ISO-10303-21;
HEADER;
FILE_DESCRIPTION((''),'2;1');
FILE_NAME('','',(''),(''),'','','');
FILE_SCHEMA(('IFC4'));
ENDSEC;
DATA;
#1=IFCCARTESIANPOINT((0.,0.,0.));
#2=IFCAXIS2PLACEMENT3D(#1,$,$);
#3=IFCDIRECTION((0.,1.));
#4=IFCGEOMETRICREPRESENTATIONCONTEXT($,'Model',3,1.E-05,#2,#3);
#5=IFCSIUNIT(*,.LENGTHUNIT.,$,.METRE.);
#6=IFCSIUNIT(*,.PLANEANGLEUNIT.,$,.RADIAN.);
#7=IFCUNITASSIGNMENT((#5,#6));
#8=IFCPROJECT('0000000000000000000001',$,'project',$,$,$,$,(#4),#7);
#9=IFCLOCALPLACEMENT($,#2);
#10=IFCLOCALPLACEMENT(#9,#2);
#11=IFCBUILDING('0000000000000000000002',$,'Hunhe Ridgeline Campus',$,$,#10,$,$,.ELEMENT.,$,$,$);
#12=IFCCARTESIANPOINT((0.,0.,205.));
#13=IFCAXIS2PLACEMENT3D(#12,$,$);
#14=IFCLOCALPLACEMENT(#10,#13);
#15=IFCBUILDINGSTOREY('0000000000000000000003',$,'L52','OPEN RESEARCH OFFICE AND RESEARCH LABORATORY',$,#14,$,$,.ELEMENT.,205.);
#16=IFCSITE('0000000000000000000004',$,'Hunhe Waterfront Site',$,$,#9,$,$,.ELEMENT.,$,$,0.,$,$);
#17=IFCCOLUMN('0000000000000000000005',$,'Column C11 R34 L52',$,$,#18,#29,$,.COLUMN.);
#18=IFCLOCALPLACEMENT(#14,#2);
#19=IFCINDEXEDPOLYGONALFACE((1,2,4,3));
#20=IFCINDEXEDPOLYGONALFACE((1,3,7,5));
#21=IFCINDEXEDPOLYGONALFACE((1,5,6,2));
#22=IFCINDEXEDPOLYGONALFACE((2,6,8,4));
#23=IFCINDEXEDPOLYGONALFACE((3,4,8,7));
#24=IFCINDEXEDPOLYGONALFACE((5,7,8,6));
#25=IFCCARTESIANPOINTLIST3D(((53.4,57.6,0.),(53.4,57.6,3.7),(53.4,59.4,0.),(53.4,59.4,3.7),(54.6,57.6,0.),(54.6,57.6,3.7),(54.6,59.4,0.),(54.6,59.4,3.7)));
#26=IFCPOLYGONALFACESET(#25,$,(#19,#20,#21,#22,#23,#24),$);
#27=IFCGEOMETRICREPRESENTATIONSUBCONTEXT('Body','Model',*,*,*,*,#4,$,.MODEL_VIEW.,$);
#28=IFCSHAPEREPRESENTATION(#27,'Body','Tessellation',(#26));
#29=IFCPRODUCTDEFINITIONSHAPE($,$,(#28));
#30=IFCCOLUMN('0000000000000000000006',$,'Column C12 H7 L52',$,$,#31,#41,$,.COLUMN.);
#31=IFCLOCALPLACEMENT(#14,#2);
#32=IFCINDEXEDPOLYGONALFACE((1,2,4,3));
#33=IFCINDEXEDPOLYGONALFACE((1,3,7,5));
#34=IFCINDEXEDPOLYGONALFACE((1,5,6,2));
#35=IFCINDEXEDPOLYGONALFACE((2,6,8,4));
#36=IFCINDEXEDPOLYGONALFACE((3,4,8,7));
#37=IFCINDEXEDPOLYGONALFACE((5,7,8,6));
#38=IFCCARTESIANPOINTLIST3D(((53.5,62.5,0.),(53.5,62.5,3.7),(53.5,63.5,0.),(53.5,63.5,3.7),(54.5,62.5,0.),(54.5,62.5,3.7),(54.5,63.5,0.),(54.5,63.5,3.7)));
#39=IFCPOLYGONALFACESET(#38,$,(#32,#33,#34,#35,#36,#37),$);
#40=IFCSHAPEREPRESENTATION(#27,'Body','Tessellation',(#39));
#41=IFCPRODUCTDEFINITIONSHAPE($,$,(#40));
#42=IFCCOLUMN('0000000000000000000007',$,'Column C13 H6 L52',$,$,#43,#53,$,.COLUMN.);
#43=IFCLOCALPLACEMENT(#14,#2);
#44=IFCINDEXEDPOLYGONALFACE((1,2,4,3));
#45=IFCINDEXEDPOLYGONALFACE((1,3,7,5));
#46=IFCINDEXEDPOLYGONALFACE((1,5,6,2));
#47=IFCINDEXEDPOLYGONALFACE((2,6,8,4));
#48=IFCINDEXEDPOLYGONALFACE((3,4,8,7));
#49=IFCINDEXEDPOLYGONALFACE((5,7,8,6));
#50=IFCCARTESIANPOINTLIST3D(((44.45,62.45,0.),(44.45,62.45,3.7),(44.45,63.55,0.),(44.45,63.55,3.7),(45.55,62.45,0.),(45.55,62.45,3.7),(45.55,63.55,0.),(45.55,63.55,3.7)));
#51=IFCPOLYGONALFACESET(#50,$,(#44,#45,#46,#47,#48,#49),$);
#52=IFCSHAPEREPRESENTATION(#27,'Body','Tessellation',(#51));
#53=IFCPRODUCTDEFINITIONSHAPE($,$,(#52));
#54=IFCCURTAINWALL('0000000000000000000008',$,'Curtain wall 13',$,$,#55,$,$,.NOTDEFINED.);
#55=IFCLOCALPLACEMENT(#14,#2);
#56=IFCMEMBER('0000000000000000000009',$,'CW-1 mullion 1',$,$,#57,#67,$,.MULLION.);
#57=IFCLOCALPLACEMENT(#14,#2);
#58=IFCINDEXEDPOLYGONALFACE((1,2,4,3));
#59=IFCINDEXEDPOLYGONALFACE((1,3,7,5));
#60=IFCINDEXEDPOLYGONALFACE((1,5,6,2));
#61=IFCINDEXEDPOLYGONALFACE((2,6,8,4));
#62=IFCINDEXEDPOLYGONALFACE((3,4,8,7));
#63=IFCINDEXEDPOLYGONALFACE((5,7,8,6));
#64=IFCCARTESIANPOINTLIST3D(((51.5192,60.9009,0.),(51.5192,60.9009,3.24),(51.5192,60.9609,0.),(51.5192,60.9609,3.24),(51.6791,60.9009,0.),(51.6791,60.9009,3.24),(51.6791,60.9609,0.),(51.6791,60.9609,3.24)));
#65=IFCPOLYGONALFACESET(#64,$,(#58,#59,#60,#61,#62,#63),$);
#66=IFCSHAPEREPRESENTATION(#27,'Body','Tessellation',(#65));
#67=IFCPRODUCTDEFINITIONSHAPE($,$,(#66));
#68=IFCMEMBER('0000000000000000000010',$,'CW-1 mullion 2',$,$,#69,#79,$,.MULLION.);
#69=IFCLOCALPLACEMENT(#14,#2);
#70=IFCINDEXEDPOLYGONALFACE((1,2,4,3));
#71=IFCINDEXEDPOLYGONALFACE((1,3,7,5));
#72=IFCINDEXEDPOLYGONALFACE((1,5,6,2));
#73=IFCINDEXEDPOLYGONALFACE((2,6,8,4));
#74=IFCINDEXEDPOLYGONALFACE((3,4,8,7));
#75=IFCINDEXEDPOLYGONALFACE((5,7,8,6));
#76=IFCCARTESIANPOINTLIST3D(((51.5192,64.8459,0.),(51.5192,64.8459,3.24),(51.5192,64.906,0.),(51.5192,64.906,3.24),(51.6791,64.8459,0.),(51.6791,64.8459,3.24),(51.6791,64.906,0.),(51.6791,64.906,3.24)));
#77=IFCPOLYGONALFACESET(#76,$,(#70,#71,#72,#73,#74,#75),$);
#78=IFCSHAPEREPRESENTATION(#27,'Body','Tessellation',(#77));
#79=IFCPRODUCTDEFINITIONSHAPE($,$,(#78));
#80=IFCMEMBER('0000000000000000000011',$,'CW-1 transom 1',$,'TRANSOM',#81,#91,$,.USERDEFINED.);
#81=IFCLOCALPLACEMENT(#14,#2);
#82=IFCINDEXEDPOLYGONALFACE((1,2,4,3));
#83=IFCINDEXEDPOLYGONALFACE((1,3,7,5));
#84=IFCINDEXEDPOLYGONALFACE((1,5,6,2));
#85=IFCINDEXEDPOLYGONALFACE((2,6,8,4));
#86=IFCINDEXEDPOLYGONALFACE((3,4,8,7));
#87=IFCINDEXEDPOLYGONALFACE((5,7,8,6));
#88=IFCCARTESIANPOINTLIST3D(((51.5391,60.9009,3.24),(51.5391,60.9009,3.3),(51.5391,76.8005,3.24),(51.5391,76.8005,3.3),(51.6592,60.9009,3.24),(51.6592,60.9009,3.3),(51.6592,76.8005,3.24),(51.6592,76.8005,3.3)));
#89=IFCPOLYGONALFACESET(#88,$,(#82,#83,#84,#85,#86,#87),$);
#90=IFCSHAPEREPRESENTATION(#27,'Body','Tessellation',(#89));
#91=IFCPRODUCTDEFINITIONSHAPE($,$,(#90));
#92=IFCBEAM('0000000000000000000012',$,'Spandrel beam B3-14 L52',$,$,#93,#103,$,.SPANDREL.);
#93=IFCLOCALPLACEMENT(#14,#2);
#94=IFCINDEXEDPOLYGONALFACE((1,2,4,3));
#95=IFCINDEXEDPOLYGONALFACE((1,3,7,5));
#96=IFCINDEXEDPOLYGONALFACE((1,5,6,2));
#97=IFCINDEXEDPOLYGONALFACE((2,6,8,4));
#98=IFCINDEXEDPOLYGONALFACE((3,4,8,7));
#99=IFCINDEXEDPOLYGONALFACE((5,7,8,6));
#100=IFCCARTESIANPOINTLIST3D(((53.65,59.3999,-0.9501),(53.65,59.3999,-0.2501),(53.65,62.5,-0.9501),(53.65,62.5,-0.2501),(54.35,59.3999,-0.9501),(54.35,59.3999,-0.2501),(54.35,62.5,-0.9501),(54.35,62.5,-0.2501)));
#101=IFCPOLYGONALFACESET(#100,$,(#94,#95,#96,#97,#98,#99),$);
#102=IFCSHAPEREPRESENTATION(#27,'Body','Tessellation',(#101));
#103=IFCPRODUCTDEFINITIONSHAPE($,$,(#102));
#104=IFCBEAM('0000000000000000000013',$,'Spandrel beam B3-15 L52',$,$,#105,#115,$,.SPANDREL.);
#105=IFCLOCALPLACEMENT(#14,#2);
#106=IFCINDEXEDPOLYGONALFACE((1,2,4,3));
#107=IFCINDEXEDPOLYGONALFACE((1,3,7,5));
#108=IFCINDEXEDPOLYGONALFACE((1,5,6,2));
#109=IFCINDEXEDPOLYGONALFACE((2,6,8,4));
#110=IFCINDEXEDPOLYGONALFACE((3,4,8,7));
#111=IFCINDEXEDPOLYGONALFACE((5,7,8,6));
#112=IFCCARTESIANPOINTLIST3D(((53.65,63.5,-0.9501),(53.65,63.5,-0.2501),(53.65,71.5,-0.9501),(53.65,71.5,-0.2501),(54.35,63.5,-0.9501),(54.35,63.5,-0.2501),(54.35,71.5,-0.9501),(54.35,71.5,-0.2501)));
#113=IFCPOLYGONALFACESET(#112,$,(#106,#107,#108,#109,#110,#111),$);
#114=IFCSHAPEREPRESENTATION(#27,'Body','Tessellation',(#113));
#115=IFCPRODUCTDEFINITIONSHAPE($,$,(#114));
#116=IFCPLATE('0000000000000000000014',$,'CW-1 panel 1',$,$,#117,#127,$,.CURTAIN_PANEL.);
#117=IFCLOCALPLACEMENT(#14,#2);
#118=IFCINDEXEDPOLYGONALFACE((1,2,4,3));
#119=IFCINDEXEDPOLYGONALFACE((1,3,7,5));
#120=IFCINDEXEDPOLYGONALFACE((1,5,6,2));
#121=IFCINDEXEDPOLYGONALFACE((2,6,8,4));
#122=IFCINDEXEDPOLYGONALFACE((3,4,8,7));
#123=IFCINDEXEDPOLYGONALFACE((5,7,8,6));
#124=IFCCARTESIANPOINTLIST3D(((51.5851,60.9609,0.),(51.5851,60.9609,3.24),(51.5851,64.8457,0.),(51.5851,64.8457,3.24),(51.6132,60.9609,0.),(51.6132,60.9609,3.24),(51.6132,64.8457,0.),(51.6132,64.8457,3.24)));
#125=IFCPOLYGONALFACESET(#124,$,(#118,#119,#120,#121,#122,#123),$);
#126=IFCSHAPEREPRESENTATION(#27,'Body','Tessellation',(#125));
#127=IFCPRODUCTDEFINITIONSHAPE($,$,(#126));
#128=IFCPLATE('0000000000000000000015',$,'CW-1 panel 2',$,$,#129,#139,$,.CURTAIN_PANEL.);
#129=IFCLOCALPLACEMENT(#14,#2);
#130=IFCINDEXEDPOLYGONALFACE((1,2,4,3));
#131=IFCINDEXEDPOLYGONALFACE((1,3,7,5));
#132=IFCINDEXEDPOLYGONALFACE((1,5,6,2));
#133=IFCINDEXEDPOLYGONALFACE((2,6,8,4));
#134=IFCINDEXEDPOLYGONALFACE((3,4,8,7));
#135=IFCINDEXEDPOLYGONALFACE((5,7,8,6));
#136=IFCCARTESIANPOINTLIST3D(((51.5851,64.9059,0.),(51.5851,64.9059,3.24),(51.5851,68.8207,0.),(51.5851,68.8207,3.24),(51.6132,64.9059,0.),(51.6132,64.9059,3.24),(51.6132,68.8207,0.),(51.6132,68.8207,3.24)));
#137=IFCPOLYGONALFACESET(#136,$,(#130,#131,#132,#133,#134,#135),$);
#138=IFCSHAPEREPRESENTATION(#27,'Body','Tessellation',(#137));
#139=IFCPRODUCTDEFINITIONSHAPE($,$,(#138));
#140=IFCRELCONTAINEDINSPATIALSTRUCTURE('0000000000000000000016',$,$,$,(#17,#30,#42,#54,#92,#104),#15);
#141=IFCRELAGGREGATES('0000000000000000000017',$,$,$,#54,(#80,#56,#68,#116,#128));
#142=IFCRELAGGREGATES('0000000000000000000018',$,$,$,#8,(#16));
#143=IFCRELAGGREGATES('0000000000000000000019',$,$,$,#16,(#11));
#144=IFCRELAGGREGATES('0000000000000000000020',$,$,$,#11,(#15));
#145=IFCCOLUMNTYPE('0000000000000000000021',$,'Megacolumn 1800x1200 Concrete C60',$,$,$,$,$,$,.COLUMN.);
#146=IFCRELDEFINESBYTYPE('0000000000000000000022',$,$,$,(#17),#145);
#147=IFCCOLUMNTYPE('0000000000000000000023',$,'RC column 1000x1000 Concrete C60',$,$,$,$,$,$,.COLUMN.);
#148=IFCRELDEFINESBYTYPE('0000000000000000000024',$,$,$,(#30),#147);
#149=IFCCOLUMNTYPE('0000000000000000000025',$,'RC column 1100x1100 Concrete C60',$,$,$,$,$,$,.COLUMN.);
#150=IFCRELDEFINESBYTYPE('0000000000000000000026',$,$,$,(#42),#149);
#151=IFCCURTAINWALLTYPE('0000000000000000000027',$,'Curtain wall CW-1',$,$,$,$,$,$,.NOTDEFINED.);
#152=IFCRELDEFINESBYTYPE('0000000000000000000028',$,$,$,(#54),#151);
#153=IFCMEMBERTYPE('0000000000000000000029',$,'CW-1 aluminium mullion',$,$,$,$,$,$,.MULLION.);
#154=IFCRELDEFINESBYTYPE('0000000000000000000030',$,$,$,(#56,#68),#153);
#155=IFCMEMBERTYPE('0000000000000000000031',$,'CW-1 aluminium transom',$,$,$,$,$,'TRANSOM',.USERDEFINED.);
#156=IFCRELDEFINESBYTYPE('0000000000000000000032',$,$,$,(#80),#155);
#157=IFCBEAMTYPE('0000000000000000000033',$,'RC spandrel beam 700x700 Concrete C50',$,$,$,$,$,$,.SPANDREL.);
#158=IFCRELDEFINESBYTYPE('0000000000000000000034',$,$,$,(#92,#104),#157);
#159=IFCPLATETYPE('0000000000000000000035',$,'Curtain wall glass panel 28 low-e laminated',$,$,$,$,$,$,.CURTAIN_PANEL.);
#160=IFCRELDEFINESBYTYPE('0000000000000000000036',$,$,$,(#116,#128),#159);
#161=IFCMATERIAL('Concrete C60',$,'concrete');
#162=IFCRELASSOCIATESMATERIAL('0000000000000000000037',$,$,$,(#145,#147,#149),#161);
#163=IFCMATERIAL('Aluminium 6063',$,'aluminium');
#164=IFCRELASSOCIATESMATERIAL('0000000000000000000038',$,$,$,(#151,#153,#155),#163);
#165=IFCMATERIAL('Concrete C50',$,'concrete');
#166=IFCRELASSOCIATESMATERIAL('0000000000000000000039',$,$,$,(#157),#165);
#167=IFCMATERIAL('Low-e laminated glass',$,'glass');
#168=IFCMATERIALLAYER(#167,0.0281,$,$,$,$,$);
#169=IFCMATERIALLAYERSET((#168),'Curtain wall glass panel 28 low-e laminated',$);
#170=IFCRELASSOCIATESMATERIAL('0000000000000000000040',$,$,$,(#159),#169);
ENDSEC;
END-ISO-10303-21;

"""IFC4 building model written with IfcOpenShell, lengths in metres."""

from ifc_helpers import new_model, si_unit, direction, frame, origin, origin_2d, place, context, subcontext, project, spatial, rectangle, extrude, material, layer, layer_set, material_profile, profile_set, type_object, element, aggregate, save


model = new_model("IFC4")

# Units and contexts
model_context = context("Model", 3, precision=1e-05, world=origin(), true_north=direction((0.0, 1.0)))
body_context = subcontext(model_context, "Body", "Model", "MODEL_VIEW")
ifc_project = project(units=[si_unit("LENGTHUNIT", "METRE"), si_unit("PLANEANGLEUNIT", "RADIAN")], contexts=[model_context])

# Site, building, storey
site_placement = place(None, origin())
site = spatial("IfcSite", under=ifc_project, at=site_placement, Name="Hunhe Waterfront Site", CompositionType="ELEMENT", RefElevation=0.0)
building_placement = place(site_placement, origin())
building = spatial("IfcBuilding", under=site, at=building_placement, Name="Hunhe Ridgeline Campus", CompositionType="ELEMENT")
storey_placement = place(building_placement, frame((0.0, 0.0, 205.0)))
storey = spatial("IfcBuildingStorey", under=building, at=storey_placement, Name="L52", Description="OPEN RESEARCH OFFICE AND RESEARCH LABORATORY", CompositionType="ELEMENT", Elevation=205.0)

# Columns
ifc_material_1 = material(Name="Concrete C60", Category="concrete")
ifc_material_profile_1 = material_profile(ifc_material_1, rectangle(XDim=1.8, YDim=1.2, at=origin_2d()))
ifc_profile_set_1 = profile_set([ifc_material_profile_1], Name="Concrete C60")
column_type_1 = type_object("IfcColumnType", Name="Megacolumn 1800x1200 Concrete C60", PredefinedType="COLUMN", material=ifc_profile_set_1)
column_1_placement = place(storey_placement, frame((54.0, 58.5, 0.0), z_axis=(0.0, 0.0, 1.0), x_axis=(0.0, 1.0, 0.0)))
element("IfcColumn", 1, at=column_1_placement, inside=storey, type_object=column_type_1, Name="Column C11 R34 L52", PredefinedType="COLUMN", context=body_context, shape_type="SweptSolid", body=[
    extrude(rectangle(XDim=1.8, YDim=1.2, at=origin_2d()), origin(), (0.0, 0.0, 1.0), 3.7),
])
ifc_material_profile_2 = material_profile(ifc_material_1, rectangle(XDim=1.0, YDim=1.0, at=origin_2d()))
ifc_profile_set_2 = profile_set([ifc_material_profile_2], Name="Concrete C60")
column_type_2 = type_object("IfcColumnType", Name="RC column 1000x1000 Concrete C60", PredefinedType="COLUMN", material=ifc_profile_set_2)
column_2_placement = place(storey_placement, frame((54.0, 63.0, 0.0), z_axis=(0.0, 0.0, 1.0), x_axis=(1.0, 0.0, 0.0)))
element("IfcColumn", 2, at=column_2_placement, inside=storey, type_object=column_type_2, Name="Column C12 H7 L52", PredefinedType="COLUMN", context=body_context, shape_type="SweptSolid", body=[
    extrude(rectangle(XDim=1.0, YDim=1.0, at=origin_2d()), origin(), (0.0, 0.0, 1.0), 3.7),
])
ifc_material_profile_3 = material_profile(ifc_material_1, rectangle(XDim=1.1001, YDim=1.1001, at=origin_2d()))
ifc_profile_set_3 = profile_set([ifc_material_profile_3], Name="Concrete C60")
column_type_3 = type_object("IfcColumnType", Name="RC column 1100x1100 Concrete C60", PredefinedType="COLUMN", material=ifc_profile_set_3)
column_3_placement = place(storey_placement, frame((45.0, 63.0, 0.0), z_axis=(0.0, 0.0, 1.0), x_axis=(1.0, 0.0, 0.0)))
element("IfcColumn", 3, at=column_3_placement, inside=storey, type_object=column_type_3, Name="Column C13 H6 L52", PredefinedType="COLUMN", context=body_context, shape_type="SweptSolid", body=[
    extrude(rectangle(XDim=1.1001, YDim=1.1001, at=origin_2d()), origin(), (0.0, 0.0, 1.0), 3.7),
])

# Curtain wall, members
ifc_material_2 = material(Name="Aluminium 6063", Category="aluminium")
curtain_wall_type = type_object("IfcCurtainWallType", Name="Curtain wall CW-1", PredefinedType="NOTDEFINED", material=ifc_material_2)
curtain_wall_placement = place(storey_placement, origin())
curtain_wall = element("IfcCurtainWall", 4, at=curtain_wall_placement, inside=storey, type_object=curtain_wall_type, Name="Curtain wall 13", PredefinedType="NOTDEFINED")
ifc_material_profile_4 = material_profile(ifc_material_2, rectangle(XDim=0.1599, YDim=0.0601, at=origin_2d()))
ifc_profile_set_4 = profile_set([ifc_material_profile_4], Name="Aluminium 6063")
member_type_1 = type_object("IfcMemberType", Name="CW-1 aluminium mullion", PredefinedType="MULLION", material=ifc_profile_set_4)
member_1_placement = place(storey_placement, frame((51.5991, 60.9309, 0.0), z_axis=(0.0, 0.0, 1.0), x_axis=(-1.0, 0.0, 0.0)))
member_1 = element("IfcMember", 5, at=member_1_placement, type_object=member_type_1, Name="CW-1 mullion 1", PredefinedType="MULLION", context=body_context, shape_type="SweptSolid", body=[
    extrude(rectangle(XDim=0.1599, YDim=0.0601, at=origin_2d()), origin(), (0.0, 0.0, 1.0), 3.24),
])
member_2_placement = place(storey_placement, frame((51.5991, 64.876, 0.0), z_axis=(0.0, 0.0, 1.0), x_axis=(-1.0, 0.0, 0.0)))
member_2 = element("IfcMember", 6, at=member_2_placement, type_object=member_type_1, Name="CW-1 mullion 2", PredefinedType="MULLION", context=body_context, shape_type="SweptSolid", body=[
    extrude(rectangle(XDim=0.1599, YDim=0.0601, at=origin_2d()), origin(), (0.0, 0.0, 1.0), 3.24),
])
ifc_material_profile_5 = material_profile(ifc_material_2, rectangle(XDim=0.1201, YDim=0.0601, at=origin_2d()))
ifc_profile_set_5 = profile_set([ifc_material_profile_5], Name="Aluminium 6063")
member_type_2 = type_object("IfcMemberType", Name="CW-1 aluminium transom", ElementType="TRANSOM", PredefinedType="USERDEFINED", material=ifc_profile_set_5)
member_3_placement = place(storey_placement, frame((51.5991, 60.9009, 3.27), z_axis=(0.0, 1.0, 0.0), x_axis=(-1.0, 0.0, 0.0)))
member_3 = element("IfcMember", 7, at=member_3_placement, type_object=member_type_2, Name="CW-1 transom 1", ObjectType="TRANSOM", PredefinedType="USERDEFINED", context=body_context, shape_type="SweptSolid", body=[
    extrude(rectangle(XDim=0.1201, YDim=0.0601, at=origin_2d()), origin(), (0.0, 0.0, 1.0), 15.8997),
])

# Beams
ifc_material_3 = material(Name="Concrete C50", Category="concrete")
ifc_material_profile_6 = material_profile(ifc_material_3, rectangle(XDim=0.7, YDim=0.7, at=origin_2d()))
ifc_profile_set_6 = profile_set([ifc_material_profile_6], Name="Concrete C50")
beam_type = type_object("IfcBeamType", Name="RC spandrel beam 700x700 Concrete C50", PredefinedType="SPANDREL", material=ifc_profile_set_6)
beam_1_placement = place(storey_placement, frame((54.0, 59.3999, -0.6001), z_axis=(0.0, 1.0, 0.0), x_axis=(-1.0, 0.0, 0.0)))
element("IfcBeam", 8, at=beam_1_placement, inside=storey, type_object=beam_type, Name="Spandrel beam B3-14 L52", PredefinedType="SPANDREL", context=body_context, shape_type="SweptSolid", body=[
    extrude(rectangle(XDim=0.7, YDim=0.7, at=origin_2d()), origin(), (0.0, 0.0, 1.0), 3.1001),
])
beam_2_placement = place(storey_placement, frame((54.0, 63.5, -0.6001), z_axis=(0.0, 1.0, 0.0), x_axis=(-1.0, 0.0, 0.0)))
element("IfcBeam", 9, at=beam_2_placement, inside=storey, type_object=beam_type, Name="Spandrel beam B3-15 L52", PredefinedType="SPANDREL", context=body_context, shape_type="SweptSolid", body=[
    extrude(rectangle(XDim=0.7, YDim=0.7, at=origin_2d()), origin(), (0.0, 0.0, 1.0), 8.0),
])

# Plates
ifc_material_4 = material(Name="Low-e laminated glass", Category="glass")
ifc_layer_1 = layer(ifc_material_4, 0.0281)
ifc_layer_set_1 = layer_set([ifc_layer_1], Name="Curtain wall glass panel 28 low-e laminated")
plate_type = type_object("IfcPlateType", Name="Curtain wall glass panel 28 low-e laminated", PredefinedType="CURTAIN_PANEL", material=ifc_layer_set_1)
plate_1_placement = place(storey_placement, frame((51.5991, 62.9033, 0.0), z_axis=(0.0, 0.0, 1.0), x_axis=(0.0, 1.0, 0.0)))
plate_1 = element("IfcPlate", 10, at=plate_1_placement, type_object=plate_type, Name="CW-1 panel 1", PredefinedType="CURTAIN_PANEL", context=body_context, shape_type="SweptSolid", body=[
    extrude(rectangle(XDim=3.8848, YDim=0.0281, at=origin_2d()), origin(), (0.0, 0.0, 1.0), 3.24),
])
plate_2_placement = place(storey_placement, frame((51.5991, 66.8633, 0.0), z_axis=(0.0, 0.0, 1.0), x_axis=(0.0, 1.0, 0.0)))
plate_2 = element("IfcPlate", 11, at=plate_2_placement, type_object=plate_type, Name="CW-1 panel 2", PredefinedType="CURTAIN_PANEL", context=body_context, shape_type="SweptSolid", body=[
    extrude(rectangle(XDim=3.9148, YDim=0.0281, at=origin_2d()), origin(), (0.0, 0.0, 1.0), 3.24),
])
aggregate(curtain_wall, [member_3, member_1, member_2, plate_1, plate_2])

save(model, "model.ifc")
